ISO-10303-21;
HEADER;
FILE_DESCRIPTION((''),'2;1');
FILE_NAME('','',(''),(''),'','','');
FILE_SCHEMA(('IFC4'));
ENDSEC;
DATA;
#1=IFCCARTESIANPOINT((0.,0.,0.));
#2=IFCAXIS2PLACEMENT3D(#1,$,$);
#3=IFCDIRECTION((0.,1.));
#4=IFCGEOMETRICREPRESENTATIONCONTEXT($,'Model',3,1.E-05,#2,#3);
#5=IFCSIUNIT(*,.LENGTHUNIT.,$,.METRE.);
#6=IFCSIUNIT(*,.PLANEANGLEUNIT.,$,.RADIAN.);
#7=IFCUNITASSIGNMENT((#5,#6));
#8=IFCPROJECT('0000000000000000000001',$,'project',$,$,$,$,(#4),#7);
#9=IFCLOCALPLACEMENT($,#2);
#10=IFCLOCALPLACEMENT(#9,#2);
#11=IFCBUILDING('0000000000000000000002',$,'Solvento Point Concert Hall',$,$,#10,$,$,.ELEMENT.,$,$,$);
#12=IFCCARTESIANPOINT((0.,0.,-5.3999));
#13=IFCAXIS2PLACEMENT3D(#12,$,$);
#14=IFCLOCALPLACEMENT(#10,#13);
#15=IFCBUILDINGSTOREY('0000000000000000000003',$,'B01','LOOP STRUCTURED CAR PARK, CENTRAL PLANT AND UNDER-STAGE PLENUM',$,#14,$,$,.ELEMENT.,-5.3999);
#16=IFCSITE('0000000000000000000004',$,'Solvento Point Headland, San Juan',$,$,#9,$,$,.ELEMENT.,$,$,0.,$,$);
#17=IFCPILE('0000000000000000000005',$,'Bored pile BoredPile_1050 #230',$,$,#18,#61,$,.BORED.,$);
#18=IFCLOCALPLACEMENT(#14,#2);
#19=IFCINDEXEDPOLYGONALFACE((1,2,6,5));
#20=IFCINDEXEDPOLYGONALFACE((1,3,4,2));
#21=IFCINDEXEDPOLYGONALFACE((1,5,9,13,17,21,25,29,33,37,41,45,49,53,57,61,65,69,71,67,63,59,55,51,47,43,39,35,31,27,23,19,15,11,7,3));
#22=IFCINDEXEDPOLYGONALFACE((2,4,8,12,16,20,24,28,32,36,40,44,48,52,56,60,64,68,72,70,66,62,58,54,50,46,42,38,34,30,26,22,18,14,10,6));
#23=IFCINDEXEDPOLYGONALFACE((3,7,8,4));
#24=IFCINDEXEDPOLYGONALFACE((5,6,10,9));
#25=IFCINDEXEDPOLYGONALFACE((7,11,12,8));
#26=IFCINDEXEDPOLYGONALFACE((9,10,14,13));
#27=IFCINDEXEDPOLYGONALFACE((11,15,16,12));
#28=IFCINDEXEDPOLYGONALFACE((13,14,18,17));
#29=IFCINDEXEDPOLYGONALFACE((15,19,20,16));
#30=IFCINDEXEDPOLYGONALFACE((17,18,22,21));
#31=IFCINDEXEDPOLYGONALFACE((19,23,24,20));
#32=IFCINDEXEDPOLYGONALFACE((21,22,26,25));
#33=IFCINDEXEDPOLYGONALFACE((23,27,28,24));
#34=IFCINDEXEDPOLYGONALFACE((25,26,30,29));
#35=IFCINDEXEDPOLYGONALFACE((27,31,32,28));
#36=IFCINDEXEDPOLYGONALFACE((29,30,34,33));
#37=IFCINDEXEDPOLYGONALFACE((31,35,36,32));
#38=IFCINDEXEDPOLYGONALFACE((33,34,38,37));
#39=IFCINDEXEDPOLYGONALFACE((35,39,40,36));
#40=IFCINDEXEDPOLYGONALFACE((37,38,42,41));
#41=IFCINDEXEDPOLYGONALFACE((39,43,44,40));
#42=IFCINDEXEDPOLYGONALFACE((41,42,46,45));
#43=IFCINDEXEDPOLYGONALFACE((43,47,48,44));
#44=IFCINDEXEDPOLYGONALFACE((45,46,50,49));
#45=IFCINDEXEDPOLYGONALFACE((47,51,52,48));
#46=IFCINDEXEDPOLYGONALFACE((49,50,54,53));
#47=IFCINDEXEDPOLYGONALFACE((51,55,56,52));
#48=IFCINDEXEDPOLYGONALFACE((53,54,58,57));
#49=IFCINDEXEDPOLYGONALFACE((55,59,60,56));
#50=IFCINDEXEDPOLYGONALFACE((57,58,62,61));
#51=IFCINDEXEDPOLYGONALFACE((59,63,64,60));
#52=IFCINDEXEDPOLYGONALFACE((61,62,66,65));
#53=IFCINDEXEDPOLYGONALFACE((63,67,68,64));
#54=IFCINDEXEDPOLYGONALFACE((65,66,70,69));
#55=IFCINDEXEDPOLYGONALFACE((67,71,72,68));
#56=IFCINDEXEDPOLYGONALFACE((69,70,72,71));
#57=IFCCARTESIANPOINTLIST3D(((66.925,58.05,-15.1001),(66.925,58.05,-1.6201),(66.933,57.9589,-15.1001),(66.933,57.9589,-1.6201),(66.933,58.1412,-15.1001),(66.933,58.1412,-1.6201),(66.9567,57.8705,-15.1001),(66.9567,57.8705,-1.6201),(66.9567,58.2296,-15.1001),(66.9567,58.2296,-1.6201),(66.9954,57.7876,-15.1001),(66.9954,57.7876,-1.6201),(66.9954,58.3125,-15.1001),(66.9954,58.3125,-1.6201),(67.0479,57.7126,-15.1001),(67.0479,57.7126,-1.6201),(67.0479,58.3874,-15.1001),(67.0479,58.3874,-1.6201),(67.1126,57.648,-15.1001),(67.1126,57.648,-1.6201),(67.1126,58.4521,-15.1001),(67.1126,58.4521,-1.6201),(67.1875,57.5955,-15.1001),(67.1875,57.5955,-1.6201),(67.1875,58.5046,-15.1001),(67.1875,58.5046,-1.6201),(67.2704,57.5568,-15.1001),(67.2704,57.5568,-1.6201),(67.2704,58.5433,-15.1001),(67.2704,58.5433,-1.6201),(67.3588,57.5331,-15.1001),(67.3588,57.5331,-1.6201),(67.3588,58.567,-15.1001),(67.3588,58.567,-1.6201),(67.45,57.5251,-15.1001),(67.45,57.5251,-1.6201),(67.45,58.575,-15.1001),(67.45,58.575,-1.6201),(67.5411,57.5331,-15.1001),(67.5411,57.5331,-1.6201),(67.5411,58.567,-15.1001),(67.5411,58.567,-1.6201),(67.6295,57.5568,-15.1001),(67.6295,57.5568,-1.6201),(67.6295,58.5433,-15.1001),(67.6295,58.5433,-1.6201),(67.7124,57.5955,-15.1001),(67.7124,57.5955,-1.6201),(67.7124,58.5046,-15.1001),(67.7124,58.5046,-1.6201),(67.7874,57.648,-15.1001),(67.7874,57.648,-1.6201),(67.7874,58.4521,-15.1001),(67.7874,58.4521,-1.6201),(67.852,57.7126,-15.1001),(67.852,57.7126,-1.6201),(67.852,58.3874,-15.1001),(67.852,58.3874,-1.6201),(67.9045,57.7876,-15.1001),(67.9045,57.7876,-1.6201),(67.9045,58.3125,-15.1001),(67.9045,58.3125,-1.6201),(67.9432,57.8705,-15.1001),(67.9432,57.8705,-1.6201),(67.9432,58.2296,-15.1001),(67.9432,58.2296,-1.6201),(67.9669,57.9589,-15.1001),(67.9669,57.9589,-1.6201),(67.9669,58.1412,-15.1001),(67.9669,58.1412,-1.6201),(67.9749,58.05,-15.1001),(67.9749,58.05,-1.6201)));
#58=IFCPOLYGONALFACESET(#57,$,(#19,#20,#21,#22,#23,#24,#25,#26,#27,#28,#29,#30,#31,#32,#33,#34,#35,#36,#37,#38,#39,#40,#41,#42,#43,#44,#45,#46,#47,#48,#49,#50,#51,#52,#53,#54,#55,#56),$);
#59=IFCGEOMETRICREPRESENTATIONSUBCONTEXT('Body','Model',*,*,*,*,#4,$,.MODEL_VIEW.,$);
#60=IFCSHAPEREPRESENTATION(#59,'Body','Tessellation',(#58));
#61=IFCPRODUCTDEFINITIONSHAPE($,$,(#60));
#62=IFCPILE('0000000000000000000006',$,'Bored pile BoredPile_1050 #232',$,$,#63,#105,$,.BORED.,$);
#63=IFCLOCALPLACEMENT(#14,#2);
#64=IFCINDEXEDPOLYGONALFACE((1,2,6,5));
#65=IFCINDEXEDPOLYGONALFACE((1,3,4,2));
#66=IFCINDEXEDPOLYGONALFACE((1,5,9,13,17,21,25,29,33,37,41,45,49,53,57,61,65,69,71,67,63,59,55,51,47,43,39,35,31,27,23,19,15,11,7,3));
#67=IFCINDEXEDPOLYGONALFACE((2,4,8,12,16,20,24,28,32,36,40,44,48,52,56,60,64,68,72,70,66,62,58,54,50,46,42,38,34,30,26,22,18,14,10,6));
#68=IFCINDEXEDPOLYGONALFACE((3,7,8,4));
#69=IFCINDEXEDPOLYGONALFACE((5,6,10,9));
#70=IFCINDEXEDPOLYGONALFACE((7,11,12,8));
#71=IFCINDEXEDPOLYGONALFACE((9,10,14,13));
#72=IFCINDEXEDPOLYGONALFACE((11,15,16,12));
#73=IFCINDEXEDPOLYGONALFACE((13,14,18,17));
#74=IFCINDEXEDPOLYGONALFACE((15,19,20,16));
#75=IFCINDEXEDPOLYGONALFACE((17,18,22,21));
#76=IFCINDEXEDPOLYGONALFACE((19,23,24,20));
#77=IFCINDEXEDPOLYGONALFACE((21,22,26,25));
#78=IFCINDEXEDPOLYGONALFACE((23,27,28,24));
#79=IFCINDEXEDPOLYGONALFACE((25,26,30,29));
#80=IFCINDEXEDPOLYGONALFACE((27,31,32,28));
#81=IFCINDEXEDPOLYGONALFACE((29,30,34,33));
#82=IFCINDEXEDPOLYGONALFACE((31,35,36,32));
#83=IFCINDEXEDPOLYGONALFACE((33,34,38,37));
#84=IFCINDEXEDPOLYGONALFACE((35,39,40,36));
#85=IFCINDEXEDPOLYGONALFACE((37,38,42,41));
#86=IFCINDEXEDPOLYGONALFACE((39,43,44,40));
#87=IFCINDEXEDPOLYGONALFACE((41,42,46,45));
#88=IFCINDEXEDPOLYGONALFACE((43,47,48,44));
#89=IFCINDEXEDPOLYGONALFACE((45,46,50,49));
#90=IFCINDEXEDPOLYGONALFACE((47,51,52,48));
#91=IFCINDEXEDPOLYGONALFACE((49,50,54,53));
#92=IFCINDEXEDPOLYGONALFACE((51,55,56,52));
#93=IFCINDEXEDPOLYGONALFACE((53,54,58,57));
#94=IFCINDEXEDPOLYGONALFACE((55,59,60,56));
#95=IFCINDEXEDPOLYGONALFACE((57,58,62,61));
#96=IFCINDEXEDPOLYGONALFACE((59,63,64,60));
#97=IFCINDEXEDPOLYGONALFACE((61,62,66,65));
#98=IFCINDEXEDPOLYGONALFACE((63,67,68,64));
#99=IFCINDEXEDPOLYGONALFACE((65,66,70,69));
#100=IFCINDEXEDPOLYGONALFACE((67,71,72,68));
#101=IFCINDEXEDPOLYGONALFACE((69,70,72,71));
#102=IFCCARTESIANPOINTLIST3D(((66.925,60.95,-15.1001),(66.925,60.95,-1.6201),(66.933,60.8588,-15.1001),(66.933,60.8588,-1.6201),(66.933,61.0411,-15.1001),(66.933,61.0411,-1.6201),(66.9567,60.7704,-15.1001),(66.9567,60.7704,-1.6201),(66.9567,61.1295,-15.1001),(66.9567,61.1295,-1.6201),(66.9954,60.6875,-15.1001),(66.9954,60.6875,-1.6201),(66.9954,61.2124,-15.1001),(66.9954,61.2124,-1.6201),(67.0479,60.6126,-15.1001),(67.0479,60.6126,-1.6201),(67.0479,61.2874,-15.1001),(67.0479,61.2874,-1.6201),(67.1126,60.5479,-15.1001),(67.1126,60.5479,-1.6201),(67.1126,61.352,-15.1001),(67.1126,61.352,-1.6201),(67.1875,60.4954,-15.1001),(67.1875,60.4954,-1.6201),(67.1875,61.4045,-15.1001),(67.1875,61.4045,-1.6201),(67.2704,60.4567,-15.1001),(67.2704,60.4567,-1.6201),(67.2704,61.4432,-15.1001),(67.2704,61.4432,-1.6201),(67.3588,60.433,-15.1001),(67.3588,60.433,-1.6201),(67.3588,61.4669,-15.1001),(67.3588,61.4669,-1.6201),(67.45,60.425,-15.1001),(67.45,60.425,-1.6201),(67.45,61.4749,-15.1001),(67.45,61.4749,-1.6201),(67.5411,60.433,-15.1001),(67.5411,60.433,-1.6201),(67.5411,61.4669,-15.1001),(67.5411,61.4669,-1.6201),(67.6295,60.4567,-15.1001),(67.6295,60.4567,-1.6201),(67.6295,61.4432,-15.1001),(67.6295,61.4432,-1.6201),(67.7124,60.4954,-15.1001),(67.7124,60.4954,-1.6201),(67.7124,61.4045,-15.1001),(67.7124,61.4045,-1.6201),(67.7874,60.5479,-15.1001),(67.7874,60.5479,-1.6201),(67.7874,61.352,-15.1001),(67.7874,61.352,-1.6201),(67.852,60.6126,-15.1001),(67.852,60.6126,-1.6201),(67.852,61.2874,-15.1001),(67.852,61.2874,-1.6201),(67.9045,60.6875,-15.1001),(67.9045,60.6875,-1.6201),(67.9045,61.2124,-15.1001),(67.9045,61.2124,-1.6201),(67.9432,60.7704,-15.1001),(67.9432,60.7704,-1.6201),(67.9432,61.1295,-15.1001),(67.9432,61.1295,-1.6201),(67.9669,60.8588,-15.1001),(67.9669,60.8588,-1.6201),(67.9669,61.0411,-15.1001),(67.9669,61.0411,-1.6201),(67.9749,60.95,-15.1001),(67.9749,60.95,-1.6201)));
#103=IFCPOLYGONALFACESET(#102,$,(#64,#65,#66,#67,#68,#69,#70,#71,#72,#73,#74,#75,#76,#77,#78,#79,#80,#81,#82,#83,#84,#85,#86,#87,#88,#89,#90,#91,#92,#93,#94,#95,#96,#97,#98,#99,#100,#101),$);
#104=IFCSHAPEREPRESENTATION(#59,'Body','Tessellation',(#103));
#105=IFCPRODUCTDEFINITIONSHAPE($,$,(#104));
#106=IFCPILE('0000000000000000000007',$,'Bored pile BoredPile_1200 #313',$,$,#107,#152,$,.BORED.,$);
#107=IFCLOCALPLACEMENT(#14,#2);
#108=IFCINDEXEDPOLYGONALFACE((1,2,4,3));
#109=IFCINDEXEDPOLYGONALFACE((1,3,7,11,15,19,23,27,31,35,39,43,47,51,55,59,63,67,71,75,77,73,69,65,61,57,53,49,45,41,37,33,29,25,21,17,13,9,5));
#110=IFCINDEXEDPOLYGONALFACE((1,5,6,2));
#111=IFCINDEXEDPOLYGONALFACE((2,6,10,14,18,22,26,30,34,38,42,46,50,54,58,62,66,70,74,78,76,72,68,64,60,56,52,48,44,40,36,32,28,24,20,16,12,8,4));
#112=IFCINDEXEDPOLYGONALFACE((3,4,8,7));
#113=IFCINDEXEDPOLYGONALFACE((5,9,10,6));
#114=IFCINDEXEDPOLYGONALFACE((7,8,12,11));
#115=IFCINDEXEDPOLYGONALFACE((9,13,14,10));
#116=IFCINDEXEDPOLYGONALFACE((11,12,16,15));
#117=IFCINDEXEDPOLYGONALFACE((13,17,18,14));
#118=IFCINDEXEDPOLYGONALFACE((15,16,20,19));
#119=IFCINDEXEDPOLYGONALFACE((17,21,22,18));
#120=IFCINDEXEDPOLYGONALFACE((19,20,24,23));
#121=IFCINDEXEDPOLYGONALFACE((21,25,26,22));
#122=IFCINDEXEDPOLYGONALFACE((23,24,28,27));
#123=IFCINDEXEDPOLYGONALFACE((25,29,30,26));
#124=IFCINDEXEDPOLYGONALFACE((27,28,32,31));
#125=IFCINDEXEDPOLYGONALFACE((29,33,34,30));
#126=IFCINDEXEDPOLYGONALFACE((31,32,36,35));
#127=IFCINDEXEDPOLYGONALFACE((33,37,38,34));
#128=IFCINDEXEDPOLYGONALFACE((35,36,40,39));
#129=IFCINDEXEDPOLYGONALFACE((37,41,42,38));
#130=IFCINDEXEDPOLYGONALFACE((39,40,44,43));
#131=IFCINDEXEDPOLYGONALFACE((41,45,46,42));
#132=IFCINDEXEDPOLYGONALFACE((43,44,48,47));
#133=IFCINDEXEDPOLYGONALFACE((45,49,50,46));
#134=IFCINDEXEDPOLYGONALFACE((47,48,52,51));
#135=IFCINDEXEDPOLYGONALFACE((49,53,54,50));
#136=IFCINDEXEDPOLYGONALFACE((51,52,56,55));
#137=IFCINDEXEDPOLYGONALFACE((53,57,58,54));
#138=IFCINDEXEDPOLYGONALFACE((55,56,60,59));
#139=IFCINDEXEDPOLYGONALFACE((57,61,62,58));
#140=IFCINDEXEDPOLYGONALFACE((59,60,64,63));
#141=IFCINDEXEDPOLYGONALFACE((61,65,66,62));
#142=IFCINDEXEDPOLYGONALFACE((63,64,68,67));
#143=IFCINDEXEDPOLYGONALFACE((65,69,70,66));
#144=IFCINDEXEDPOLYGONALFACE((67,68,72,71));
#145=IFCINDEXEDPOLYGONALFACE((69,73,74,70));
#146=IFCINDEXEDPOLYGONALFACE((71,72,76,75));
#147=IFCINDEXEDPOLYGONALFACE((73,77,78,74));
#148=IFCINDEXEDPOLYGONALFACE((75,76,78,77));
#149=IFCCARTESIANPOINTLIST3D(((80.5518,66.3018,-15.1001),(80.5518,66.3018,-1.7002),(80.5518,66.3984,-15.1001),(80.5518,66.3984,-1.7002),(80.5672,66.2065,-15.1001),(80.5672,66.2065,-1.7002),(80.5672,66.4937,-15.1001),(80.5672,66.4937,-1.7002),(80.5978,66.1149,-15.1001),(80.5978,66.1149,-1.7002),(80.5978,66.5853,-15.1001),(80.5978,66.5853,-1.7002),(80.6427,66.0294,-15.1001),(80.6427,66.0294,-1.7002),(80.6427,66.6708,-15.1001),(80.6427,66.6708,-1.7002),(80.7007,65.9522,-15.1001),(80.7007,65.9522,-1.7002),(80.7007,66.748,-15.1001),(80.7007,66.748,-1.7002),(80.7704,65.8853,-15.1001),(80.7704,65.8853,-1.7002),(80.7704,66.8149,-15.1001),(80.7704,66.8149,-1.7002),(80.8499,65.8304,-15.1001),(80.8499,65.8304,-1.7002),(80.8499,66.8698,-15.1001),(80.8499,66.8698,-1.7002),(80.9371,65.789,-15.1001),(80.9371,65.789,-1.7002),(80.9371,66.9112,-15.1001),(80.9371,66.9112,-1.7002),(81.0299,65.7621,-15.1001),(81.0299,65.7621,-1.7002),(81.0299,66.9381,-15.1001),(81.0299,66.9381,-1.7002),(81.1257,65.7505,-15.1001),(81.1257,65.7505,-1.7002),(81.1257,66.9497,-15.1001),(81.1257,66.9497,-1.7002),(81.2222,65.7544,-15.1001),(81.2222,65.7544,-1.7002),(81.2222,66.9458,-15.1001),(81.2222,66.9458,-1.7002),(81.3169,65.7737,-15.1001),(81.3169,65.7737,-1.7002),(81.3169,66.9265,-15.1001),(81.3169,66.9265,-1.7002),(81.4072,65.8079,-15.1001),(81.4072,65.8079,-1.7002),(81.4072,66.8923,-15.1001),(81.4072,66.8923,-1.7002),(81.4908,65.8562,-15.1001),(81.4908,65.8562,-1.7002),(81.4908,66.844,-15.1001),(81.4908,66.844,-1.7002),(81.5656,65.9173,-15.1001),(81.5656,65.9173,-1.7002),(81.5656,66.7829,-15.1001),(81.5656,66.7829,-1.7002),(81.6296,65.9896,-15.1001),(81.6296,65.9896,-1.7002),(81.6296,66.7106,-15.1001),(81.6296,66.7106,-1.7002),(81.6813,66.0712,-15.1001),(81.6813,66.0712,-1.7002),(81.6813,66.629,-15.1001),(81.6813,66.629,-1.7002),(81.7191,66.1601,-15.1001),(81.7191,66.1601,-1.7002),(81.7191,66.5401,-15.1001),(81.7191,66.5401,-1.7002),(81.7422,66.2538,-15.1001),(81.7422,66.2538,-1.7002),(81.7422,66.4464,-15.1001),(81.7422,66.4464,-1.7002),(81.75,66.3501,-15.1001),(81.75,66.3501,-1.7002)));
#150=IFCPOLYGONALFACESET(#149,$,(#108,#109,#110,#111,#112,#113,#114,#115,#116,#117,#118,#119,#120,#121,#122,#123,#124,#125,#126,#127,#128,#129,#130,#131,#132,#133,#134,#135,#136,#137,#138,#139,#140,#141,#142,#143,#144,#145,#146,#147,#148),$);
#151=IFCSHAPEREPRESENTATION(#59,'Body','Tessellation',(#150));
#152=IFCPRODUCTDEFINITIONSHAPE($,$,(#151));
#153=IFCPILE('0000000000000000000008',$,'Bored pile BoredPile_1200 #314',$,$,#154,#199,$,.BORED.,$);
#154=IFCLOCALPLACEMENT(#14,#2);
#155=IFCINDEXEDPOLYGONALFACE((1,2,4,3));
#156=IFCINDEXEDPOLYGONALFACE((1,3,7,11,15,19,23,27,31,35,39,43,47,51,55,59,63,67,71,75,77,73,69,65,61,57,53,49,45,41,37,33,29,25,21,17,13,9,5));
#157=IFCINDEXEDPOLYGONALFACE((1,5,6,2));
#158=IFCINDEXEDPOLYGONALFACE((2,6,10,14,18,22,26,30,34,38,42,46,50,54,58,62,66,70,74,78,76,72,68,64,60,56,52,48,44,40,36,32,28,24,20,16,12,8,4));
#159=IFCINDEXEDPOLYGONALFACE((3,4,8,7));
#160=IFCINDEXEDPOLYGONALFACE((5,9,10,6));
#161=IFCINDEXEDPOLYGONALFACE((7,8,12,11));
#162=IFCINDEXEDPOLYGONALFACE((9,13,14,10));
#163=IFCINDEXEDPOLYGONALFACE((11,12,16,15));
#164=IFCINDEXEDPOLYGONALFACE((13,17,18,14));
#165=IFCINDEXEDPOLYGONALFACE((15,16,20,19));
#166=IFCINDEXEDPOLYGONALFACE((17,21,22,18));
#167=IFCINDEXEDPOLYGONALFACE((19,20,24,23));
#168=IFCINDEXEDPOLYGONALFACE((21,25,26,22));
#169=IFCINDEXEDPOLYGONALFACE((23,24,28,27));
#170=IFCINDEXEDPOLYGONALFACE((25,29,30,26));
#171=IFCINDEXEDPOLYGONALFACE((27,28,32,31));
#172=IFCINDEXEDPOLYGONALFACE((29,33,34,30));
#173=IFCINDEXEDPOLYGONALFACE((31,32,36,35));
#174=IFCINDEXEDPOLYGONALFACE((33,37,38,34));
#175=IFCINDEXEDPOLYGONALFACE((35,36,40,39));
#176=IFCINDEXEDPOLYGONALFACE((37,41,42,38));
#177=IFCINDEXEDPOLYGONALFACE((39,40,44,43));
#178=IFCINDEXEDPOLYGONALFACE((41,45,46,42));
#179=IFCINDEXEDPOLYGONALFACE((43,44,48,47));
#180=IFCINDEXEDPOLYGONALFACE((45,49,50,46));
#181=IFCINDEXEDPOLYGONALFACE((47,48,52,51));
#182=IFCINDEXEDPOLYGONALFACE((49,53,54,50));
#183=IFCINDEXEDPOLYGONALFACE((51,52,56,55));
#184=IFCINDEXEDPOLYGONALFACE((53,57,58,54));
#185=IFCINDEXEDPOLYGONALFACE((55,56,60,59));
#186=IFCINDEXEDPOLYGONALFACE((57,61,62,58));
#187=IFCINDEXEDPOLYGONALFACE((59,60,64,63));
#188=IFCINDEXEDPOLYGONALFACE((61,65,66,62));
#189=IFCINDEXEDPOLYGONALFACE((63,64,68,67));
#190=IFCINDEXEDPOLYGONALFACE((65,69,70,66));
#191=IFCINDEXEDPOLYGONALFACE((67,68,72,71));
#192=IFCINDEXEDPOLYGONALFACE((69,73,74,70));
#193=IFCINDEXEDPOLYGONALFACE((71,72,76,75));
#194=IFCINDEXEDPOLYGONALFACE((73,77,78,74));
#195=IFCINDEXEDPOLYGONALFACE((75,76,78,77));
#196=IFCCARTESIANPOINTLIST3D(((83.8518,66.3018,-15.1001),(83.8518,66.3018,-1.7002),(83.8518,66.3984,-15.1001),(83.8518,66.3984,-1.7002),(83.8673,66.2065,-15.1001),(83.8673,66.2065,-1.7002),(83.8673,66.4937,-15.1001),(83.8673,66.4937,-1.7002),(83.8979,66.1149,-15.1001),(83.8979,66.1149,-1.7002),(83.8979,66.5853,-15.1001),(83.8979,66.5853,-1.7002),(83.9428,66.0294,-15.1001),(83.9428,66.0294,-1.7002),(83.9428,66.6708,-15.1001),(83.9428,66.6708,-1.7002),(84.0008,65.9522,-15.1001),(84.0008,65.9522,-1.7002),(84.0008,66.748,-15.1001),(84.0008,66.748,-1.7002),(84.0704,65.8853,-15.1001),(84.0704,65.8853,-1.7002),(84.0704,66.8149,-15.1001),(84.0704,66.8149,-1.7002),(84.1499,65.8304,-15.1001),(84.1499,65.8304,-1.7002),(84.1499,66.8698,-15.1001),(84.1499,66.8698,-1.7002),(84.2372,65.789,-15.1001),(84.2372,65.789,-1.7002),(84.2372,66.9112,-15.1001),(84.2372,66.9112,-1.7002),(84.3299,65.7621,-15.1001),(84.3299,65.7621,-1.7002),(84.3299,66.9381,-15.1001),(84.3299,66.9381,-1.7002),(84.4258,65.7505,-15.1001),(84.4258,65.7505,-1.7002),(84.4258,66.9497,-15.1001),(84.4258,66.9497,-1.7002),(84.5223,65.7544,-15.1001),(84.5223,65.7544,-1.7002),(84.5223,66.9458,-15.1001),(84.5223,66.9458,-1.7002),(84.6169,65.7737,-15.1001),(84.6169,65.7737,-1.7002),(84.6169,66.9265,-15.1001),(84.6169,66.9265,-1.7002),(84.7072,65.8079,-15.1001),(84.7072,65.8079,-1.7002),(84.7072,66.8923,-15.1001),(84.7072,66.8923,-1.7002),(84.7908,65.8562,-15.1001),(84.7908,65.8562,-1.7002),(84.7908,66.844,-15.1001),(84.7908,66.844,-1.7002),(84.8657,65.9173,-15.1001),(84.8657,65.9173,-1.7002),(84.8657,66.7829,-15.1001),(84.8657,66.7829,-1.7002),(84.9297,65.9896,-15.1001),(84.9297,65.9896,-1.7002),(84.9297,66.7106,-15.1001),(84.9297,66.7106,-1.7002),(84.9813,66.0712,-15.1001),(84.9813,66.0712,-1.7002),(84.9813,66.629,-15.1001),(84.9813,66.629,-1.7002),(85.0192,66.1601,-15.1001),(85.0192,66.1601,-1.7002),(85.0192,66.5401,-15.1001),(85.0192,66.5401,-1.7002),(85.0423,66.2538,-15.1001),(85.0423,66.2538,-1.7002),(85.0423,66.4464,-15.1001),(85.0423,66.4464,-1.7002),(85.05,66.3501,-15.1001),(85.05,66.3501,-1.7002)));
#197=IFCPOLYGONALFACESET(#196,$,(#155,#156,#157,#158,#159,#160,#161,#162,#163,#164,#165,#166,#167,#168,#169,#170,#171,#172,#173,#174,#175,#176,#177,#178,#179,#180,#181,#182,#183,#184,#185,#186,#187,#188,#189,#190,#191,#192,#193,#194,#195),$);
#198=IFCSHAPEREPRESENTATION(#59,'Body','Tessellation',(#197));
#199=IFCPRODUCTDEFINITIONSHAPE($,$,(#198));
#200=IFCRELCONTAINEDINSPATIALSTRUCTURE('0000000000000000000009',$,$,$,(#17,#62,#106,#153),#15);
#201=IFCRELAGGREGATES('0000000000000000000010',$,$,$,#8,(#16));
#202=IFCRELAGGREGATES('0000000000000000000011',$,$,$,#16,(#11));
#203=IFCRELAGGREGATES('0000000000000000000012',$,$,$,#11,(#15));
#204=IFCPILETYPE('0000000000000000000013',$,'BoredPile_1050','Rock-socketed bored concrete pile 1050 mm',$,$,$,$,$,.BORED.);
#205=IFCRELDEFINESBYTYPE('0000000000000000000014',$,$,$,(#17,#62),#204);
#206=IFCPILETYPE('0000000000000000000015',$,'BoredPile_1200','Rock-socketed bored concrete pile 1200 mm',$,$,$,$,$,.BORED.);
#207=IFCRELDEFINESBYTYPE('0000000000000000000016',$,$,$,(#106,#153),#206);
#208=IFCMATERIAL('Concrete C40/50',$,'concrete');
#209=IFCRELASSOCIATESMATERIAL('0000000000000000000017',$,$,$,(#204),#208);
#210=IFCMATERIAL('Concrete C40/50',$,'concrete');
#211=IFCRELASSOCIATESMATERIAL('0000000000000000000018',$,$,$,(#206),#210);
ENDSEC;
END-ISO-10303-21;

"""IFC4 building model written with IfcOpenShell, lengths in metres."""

from ifc_helpers import new_model, si_unit, direction, frame, origin, origin_2d, place, context, subcontext, project, spatial, circle, extrude, material, material_profile, profile_set, type_object, element, save


model = new_model("IFC4")

# Units and contexts
model_context = context("Model", 3, precision=1e-05, world=origin(), true_north=direction((0.0, 1.0)))
body_context = subcontext(model_context, "Body", "Model", "MODEL_VIEW")
ifc_project = project(units=[si_unit("LENGTHUNIT", "METRE"), si_unit("PLANEANGLEUNIT", "RADIAN")], contexts=[model_context])

# Site, building, storey
site_placement = place(None, origin())
site = spatial("IfcSite", under=ifc_project, at=site_placement, Name="Solvento Point Headland, San Juan", CompositionType="ELEMENT", RefElevation=0.0)
building_placement = place(site_placement, origin())
building = spatial("IfcBuilding", under=site, at=building_placement, Name="Solvento Point Concert Hall", CompositionType="ELEMENT")
storey_placement = place(building_placement, frame((0.0, 0.0, -5.3999)))
storey = spatial("IfcBuildingStorey", under=building, at=storey_placement, Name="B01", Description="LOOP STRUCTURED CAR PARK, CENTRAL PLANT AND UNDER-STAGE PLENUM", CompositionType="ELEMENT", Elevation=-5.3999)

# Piles
ifc_material_1 = material(Name="Concrete C40/50", Category="concrete")
ifc_material_profile_1 = material_profile(ifc_material_1, circle(Radius=0.5249, at=origin_2d()), Name="BP-1050")
ifc_profile_set_1 = profile_set([ifc_material_profile_1], Name="Concrete C40/50")
pile_type_1 = type_object("IfcPileType", Name="BoredPile_1050", Description="Rock-socketed bored concrete pile 1050 mm", PredefinedType="BORED", material=ifc_profile_set_1)
for number, where, z_axis, x_axis, name in (
    (1, (67.45, 58.05, -1.6201), (0.0, 0.0, -1.0), (1.0, 0.0, 0.0), "Bored pile BoredPile_1050 #230"),
    (2, (67.45, 60.95, -1.6201), (0.0, 0.0, -1.0), (1.0, 0.0, 0.0), "Bored pile BoredPile_1050 #232"),
):
    element("IfcPile", number, at=place(storey_placement, frame(where, z_axis=z_axis, x_axis=x_axis)), inside=storey, type_object=pile_type_1, Name=name, PredefinedType="BORED", context=body_context, shape_type="SweptSolid", body=[
        extrude(circle(Radius=0.5249, at=origin_2d()), origin(), (0.0, 0.0, 1.0), 13.48),
    ])
ifc_material_2 = material(Name="Concrete C40/50", Category="concrete")
ifc_material_profile_2 = material_profile(ifc_material_2, circle(Radius=0.6001, at=origin_2d()), Name="BP-1200")
ifc_profile_set_2 = profile_set([ifc_material_profile_2], Name="Concrete C40/50")
pile_type_2 = type_object("IfcPileType", Name="BoredPile_1200", Description="Rock-socketed bored concrete pile 1200 mm", PredefinedType="BORED", material=ifc_profile_set_2)
for number, where, z_axis, x_axis, name in (
    (3, (81.1499, 66.3501, -1.7002), (0.0, 0.0, -1.0), (1.0, 0.0, 0.0), "Bored pile BoredPile_1200 #313"),
    (4, (84.45, 66.3501, -1.7002), (0.0, 0.0, -1.0), (1.0, 0.0, 0.0), "Bored pile BoredPile_1200 #314"),
):
    element("IfcPile", number, at=place(storey_placement, frame(where, z_axis=z_axis, x_axis=x_axis)), inside=storey, type_object=pile_type_2, Name=name, PredefinedType="BORED", context=body_context, shape_type="SweptSolid", body=[
        extrude(circle(Radius=0.6001, at=origin_2d()), origin(), (0.0, 0.0, 1.0), 13.3999),
    ])

save(model, "model.ifc")
